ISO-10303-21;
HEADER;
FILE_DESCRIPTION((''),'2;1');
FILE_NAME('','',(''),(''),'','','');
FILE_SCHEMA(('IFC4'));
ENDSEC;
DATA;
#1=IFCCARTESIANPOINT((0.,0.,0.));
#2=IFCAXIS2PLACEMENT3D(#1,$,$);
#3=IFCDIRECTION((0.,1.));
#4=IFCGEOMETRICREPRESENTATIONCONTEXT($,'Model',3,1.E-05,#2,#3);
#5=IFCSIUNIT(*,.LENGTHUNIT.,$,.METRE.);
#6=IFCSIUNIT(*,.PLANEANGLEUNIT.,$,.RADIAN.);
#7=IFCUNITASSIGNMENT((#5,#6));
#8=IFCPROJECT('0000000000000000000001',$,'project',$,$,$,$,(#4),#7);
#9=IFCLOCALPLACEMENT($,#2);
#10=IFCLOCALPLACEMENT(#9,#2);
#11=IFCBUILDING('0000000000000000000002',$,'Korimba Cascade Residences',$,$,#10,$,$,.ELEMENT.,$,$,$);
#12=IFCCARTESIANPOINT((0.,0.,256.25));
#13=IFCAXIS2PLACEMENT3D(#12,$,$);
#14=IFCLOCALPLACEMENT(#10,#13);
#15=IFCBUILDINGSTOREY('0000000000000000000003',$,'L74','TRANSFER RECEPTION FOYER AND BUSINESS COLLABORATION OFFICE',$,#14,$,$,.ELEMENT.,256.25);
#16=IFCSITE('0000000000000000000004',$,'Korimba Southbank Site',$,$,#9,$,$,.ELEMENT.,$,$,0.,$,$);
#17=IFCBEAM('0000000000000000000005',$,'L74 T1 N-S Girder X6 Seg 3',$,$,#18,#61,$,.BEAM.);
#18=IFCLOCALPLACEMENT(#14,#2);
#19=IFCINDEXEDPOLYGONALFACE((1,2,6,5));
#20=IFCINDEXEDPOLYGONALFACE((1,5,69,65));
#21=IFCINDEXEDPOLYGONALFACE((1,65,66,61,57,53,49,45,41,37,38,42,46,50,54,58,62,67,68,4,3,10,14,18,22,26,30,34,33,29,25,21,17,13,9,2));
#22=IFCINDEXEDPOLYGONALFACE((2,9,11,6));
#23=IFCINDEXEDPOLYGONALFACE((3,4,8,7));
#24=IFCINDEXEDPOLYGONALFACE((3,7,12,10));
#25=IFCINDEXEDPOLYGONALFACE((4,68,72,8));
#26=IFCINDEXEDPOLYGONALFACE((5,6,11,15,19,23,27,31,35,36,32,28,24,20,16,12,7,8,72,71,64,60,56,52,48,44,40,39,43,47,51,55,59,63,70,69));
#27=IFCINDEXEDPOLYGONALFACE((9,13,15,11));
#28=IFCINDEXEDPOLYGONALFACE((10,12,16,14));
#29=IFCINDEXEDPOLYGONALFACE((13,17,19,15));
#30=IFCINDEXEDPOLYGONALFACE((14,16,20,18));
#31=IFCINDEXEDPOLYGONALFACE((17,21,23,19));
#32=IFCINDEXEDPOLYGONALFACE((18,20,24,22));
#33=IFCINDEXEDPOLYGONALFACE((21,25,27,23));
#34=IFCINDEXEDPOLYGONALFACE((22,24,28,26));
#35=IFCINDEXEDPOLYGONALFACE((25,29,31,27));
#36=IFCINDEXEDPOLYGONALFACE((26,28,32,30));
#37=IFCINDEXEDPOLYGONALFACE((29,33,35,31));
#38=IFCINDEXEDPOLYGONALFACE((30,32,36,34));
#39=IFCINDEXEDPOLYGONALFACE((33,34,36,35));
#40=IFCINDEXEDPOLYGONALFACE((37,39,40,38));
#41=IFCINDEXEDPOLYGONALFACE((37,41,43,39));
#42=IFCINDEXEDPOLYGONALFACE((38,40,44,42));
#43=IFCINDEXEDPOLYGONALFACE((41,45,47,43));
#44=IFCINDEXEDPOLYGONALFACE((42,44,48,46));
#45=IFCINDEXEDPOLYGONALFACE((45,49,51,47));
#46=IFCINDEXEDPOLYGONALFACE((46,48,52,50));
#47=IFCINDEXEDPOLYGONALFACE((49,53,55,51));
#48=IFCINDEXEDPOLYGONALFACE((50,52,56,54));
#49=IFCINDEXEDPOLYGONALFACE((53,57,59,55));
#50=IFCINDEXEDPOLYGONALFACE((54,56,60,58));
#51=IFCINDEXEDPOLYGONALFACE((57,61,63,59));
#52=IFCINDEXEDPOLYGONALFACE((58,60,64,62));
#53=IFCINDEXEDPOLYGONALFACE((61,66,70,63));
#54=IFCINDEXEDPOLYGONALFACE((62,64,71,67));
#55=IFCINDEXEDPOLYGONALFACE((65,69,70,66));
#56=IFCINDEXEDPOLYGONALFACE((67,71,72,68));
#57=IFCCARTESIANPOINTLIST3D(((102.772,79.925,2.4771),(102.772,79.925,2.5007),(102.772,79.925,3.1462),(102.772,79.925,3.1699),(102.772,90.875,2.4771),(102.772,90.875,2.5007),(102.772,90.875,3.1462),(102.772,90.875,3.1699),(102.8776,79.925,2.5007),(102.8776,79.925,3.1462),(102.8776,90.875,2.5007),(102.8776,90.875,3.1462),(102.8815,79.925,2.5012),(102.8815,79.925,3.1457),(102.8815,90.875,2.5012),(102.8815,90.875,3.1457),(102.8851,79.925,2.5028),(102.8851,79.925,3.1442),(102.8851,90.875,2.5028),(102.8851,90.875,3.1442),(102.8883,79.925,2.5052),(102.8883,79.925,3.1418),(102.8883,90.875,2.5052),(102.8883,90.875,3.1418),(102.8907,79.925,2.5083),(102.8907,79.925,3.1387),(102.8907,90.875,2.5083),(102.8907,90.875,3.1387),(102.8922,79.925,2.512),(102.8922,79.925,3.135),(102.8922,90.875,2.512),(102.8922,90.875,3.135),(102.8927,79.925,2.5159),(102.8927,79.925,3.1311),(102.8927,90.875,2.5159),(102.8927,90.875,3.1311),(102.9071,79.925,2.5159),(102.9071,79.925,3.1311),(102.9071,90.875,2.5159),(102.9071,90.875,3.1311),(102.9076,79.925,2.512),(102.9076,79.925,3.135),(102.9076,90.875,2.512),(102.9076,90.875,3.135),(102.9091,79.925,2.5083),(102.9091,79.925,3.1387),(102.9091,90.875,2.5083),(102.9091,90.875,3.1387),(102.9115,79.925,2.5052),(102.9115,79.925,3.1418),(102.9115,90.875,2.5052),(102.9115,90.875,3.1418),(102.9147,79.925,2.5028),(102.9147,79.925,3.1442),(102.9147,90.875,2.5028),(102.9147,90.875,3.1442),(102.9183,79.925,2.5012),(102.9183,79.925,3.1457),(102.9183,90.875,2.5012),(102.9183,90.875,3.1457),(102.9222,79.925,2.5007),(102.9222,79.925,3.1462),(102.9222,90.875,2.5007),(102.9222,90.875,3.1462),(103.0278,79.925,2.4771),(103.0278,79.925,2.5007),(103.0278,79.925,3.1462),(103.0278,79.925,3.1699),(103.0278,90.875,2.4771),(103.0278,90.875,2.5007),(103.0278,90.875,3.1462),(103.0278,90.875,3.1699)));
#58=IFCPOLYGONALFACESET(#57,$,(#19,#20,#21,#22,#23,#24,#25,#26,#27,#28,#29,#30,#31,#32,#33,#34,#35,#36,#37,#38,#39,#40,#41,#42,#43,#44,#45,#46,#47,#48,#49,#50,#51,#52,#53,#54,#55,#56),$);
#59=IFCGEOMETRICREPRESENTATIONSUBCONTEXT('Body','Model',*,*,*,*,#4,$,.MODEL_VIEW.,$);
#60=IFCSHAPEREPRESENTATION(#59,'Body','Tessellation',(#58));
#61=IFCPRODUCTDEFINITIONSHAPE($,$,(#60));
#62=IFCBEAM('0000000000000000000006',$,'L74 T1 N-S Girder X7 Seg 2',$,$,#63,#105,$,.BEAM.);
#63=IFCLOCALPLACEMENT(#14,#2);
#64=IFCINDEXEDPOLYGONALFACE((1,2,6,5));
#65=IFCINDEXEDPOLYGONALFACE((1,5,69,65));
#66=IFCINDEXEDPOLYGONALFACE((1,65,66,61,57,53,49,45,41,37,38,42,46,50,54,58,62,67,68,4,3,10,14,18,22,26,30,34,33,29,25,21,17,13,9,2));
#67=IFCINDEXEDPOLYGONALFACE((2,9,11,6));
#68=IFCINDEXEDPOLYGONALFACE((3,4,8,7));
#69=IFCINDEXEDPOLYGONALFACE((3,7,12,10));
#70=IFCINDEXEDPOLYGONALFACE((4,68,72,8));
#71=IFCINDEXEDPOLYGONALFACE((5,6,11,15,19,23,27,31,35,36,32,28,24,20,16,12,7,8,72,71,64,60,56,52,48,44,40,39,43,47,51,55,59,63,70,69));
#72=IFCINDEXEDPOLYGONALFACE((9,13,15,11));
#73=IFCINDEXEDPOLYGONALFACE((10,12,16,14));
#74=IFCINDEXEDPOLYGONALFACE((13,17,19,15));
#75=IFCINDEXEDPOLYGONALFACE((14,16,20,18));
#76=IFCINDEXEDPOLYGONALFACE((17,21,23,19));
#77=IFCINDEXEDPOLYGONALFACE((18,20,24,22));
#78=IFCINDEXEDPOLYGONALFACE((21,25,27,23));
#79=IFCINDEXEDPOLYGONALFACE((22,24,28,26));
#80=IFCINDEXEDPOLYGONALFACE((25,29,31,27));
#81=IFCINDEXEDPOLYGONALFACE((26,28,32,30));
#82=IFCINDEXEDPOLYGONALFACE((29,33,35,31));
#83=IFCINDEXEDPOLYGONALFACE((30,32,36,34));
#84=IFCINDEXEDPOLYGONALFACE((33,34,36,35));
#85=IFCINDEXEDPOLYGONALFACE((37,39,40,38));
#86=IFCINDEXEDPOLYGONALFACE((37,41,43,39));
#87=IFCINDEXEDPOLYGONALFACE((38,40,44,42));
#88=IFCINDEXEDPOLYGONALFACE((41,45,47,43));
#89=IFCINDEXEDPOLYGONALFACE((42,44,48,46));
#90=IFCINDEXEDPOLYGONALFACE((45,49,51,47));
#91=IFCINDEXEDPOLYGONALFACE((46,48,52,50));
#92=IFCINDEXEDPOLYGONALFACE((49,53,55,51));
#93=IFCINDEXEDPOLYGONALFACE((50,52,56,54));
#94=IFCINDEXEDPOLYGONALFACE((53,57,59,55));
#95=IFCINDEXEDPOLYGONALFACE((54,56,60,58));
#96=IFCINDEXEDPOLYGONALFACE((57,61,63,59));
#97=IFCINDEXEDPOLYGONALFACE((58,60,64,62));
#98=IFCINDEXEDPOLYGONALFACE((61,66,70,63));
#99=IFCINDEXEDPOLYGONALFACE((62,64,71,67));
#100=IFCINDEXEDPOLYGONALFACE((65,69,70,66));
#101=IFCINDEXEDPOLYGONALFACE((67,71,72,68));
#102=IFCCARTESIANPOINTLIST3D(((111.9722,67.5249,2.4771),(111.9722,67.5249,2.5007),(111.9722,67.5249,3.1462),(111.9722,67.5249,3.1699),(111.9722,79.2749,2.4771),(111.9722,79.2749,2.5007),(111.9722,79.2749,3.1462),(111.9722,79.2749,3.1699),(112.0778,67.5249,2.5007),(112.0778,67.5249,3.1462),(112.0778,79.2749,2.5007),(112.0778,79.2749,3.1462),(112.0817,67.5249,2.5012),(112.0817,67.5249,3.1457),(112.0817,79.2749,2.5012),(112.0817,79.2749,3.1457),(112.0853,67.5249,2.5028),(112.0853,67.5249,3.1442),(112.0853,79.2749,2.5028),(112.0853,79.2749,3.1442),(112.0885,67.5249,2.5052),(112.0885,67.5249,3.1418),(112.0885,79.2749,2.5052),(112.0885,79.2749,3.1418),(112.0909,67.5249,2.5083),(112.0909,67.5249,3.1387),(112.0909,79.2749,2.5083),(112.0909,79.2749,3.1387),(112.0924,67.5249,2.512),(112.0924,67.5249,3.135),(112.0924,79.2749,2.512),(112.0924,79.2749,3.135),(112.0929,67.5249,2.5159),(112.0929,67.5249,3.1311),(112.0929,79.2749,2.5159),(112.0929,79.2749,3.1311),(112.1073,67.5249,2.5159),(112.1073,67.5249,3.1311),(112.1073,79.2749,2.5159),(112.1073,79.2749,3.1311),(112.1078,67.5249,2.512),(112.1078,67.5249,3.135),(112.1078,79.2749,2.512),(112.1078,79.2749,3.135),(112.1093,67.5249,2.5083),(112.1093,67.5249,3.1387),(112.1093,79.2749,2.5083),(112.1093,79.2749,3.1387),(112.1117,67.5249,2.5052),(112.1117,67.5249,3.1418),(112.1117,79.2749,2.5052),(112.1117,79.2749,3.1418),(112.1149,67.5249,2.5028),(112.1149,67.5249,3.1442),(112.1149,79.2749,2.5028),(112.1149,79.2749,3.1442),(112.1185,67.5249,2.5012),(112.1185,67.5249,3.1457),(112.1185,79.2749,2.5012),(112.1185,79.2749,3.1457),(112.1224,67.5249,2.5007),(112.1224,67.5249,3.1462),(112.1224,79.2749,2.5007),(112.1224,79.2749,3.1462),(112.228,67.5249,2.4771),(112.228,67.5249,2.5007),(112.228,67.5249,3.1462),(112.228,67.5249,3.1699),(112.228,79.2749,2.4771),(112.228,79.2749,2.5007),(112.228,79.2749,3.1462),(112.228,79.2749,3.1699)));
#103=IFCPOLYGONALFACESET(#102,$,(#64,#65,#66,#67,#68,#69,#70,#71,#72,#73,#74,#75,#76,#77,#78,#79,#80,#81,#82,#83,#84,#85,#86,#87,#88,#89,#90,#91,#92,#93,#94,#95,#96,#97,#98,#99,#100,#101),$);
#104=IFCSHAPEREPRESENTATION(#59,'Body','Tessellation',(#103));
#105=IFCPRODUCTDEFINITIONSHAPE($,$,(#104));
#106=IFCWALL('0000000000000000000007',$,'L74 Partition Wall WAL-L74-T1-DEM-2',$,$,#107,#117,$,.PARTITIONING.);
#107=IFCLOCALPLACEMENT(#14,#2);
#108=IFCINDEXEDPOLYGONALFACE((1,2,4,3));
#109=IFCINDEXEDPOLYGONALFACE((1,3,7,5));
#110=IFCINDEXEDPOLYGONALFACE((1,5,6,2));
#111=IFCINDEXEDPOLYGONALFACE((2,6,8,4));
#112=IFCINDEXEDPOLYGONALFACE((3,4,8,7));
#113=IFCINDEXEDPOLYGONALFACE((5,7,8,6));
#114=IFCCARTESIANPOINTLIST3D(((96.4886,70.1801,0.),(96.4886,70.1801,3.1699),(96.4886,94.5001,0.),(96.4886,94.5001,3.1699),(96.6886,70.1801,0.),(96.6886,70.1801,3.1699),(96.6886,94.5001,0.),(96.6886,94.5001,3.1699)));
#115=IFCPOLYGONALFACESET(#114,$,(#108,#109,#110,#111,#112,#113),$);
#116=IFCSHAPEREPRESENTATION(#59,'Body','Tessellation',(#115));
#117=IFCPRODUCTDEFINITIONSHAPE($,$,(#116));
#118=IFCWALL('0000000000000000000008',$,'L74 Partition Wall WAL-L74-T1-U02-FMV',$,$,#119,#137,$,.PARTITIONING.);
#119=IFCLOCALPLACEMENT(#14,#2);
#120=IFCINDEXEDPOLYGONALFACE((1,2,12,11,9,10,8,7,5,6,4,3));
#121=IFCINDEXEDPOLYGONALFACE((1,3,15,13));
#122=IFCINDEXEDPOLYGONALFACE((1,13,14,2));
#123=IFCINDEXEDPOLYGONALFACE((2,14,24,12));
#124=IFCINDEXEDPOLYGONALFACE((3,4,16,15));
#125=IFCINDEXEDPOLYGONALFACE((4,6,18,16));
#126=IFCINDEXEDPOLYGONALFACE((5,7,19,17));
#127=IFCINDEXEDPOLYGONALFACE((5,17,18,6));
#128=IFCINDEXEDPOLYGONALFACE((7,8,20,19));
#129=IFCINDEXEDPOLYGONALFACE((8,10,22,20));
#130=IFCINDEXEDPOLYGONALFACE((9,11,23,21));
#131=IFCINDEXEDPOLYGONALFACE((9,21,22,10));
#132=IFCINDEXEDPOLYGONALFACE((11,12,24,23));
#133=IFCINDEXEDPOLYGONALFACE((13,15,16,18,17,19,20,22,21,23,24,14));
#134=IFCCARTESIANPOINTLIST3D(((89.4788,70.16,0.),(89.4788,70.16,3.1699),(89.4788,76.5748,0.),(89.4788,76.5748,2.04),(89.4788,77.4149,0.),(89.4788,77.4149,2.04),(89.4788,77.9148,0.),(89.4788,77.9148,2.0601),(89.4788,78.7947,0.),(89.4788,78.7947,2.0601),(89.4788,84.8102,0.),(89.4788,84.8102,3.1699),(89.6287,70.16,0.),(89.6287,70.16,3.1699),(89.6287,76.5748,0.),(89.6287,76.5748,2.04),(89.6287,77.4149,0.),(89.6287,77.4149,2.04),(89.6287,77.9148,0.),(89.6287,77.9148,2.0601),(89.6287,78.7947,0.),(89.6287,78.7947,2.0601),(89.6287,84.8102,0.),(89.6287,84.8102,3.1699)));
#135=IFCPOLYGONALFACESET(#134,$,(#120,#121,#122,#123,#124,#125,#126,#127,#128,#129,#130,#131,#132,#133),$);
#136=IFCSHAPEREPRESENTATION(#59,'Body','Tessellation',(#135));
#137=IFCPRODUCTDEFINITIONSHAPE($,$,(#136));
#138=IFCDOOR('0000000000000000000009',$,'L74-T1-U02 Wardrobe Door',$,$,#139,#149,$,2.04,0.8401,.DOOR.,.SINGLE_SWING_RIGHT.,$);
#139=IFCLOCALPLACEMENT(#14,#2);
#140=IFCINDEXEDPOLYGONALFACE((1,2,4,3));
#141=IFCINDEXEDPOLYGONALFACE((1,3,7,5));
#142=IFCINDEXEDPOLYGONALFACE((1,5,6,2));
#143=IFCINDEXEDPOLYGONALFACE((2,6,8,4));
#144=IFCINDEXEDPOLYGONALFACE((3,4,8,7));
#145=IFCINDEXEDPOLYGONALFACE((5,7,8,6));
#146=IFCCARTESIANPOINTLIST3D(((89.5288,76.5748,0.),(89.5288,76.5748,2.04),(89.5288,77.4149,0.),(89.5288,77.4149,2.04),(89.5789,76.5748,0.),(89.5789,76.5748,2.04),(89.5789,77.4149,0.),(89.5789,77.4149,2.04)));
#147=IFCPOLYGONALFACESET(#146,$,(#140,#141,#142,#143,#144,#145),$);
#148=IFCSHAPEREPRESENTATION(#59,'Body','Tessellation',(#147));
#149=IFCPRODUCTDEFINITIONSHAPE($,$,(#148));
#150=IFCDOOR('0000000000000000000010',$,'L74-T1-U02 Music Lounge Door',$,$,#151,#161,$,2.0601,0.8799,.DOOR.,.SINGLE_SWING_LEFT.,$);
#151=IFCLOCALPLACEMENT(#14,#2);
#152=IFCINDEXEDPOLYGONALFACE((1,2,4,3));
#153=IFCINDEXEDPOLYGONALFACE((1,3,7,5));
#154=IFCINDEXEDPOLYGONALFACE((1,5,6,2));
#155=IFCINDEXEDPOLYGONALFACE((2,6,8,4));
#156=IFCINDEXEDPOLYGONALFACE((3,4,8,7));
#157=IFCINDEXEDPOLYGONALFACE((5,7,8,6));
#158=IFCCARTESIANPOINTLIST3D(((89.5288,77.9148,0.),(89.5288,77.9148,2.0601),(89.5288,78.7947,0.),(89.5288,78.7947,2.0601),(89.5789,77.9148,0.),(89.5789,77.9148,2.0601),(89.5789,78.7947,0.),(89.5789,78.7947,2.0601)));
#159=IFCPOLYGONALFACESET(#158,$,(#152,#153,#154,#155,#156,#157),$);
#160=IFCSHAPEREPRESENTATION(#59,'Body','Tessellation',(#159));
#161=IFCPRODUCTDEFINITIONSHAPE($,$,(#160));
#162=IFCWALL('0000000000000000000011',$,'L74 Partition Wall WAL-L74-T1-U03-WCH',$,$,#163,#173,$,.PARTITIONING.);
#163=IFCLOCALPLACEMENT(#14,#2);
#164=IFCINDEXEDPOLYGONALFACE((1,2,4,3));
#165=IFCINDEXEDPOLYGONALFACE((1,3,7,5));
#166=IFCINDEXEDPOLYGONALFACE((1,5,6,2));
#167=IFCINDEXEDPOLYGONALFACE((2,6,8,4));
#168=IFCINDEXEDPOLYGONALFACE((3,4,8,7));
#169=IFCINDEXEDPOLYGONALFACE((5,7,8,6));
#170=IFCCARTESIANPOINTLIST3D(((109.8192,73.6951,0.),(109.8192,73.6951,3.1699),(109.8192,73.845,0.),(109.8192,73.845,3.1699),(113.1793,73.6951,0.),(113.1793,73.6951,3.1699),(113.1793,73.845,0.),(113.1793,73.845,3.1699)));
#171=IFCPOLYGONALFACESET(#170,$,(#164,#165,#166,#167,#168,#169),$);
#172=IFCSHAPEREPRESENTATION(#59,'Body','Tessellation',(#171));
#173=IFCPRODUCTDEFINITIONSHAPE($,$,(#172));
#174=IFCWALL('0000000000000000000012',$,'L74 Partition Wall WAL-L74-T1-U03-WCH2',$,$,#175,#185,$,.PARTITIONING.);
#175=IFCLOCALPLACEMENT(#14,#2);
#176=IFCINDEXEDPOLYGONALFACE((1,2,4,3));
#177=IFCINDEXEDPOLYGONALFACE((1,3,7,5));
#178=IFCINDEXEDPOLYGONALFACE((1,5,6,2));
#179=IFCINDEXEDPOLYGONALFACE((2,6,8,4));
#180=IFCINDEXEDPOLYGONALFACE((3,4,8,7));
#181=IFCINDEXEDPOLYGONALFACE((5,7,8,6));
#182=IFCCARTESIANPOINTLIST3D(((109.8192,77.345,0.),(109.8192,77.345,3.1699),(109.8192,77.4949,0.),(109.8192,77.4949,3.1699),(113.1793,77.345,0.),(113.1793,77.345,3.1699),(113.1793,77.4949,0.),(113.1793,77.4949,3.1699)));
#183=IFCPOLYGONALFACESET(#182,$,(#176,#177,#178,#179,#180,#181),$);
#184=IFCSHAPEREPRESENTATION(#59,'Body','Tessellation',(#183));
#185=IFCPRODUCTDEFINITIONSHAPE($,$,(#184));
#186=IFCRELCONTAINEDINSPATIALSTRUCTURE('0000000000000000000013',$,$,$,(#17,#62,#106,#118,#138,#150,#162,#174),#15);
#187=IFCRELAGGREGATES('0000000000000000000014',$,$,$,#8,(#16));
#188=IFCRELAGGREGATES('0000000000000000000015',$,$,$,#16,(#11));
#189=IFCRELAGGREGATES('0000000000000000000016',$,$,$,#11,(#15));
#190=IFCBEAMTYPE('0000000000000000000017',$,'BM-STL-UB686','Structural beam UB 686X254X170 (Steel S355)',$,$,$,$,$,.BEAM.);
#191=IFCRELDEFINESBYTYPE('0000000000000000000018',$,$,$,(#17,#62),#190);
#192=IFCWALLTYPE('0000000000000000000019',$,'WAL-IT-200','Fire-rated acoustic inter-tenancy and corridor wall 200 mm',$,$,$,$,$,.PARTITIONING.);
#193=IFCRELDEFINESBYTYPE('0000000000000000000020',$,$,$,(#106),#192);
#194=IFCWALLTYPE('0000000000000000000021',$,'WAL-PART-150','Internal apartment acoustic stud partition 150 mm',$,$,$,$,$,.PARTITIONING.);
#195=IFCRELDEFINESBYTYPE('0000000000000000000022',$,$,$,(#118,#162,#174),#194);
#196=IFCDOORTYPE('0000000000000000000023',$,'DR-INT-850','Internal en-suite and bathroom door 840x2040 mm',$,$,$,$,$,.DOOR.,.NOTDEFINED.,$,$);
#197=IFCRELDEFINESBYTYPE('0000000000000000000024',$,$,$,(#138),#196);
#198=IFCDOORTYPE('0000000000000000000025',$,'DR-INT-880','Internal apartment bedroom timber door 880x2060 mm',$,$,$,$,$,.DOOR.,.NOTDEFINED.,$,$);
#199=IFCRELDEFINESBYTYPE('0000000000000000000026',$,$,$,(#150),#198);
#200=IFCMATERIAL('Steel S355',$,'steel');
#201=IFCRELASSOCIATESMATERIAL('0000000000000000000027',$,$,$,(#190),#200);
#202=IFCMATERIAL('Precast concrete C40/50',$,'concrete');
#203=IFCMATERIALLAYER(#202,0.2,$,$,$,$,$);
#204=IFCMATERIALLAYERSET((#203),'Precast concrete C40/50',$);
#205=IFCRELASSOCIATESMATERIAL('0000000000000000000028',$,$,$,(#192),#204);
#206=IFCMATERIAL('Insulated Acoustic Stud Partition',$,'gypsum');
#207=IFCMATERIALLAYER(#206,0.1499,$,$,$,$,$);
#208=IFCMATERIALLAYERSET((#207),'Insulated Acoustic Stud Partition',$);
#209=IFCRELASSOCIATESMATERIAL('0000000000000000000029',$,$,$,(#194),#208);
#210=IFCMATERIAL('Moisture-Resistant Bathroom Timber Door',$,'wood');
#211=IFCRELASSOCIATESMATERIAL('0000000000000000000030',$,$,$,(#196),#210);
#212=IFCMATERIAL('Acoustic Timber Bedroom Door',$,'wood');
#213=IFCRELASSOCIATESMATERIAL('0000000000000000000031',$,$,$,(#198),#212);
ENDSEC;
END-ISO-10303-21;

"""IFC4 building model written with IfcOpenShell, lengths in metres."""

from ifc_helpers import new_model, si_unit, direction, frame, frame_2d, origin, origin_2d, place, context, subcontext, project, spatial, rectangle, i_section, extrude, material, layer, layer_set, material_profile, profile_set, type_object, element, fill, save


model = new_model("IFC4")

# Units and contexts
model_context = context("Model", 3, precision=1e-05, world=origin(), true_north=direction((0.0, 1.0)))
body_context = subcontext(model_context, "Body", "Model", "MODEL_VIEW")
ifc_project = project(units=[si_unit("LENGTHUNIT", "METRE"), si_unit("PLANEANGLEUNIT", "RADIAN")], contexts=[model_context])

# Site, building, storey
site_placement = place(None, origin())
site = spatial("IfcSite", under=ifc_project, at=site_placement, Name="Korimba Southbank Site", CompositionType="ELEMENT", RefElevation=0.0)
building_placement = place(site_placement, origin())
building = spatial("IfcBuilding", under=site, at=building_placement, Name="Korimba Cascade Residences", CompositionType="ELEMENT")
storey_placement = place(building_placement, frame((0.0, 0.0, 256.25)))
storey = spatial("IfcBuildingStorey", under=building, at=storey_placement, Name="L74", Description="TRANSFER RECEPTION FOYER AND BUSINESS COLLABORATION OFFICE", CompositionType="ELEMENT", Elevation=256.25)

# Beams
ifc_material_1 = material(Name="Steel S355", Category="steel")
ifc_material_profile_1 = material_profile(ifc_material_1, i_section(OverallWidth=0.2559, OverallDepth=0.6929, WebThickness=0.0144, FlangeThickness=0.0237, FilletRadius=0.0151, at=origin_2d()), Name="Steel S355")
ifc_profile_set_1 = profile_set([ifc_material_profile_1], Name="Steel S355")
beam_type_1 = type_object("IfcBeamType", Name="BM-STL-UB686", Description="Structural beam UB 686X254X170 (Steel S355)", PredefinedType="BEAM", material=ifc_profile_set_1)
for number, where, z_axis, x_axis, name in (
    (1, (102.8999, 79.925, 2.8235), (0.0, 1.0, 0.0), (-1.0, 0.0, 0.0), "L74 T1 N-S Girder X6 Seg 3"),
):
    element("IfcBeam", number, at=place(storey_placement, frame(where, z_axis=z_axis, x_axis=x_axis)), inside=storey, type_object=beam_type_1, Name=name, PredefinedType="BEAM", context=body_context, shape_type="SweptSolid", body=[
        extrude(i_section(OverallWidth=0.2559, OverallDepth=0.6929, WebThickness=0.0144, FlangeThickness=0.0237, FilletRadius=0.0151, at=origin_2d()), origin(), (0.0, 0.0, 1.0), 10.95),
    ])
beam_1_placement = place(storey_placement, frame((112.1001, 67.5249, 2.8235), z_axis=(0.0, 1.0, 0.0), x_axis=(-1.0, 0.0, 0.0)))
element("IfcBeam", 2, at=beam_1_placement, inside=storey, type_object=beam_type_1, Name="L74 T1 N-S Girder X7 Seg 2", PredefinedType="BEAM", context=body_context, shape_type="SweptSolid", body=[
    extrude(i_section(OverallWidth=0.2559, OverallDepth=0.6929, WebThickness=0.0144, FlangeThickness=0.0237, FilletRadius=0.0151, at=origin_2d()), origin(), (0.0, 0.0, 1.0), 11.75),
])

# Wall
ifc_material_2 = material(Name="Precast concrete C40/50", Category="concrete")
ifc_layer_1 = layer(ifc_material_2, 0.2)
ifc_layer_set_1 = layer_set([ifc_layer_1], Name="Precast concrete C40/50")
wall_type_1 = type_object("IfcWallType", Name="WAL-IT-200", Description="Fire-rated acoustic inter-tenancy and corridor wall 200 mm", PredefinedType="PARTITIONING", material=ifc_layer_set_1)
wall_1_placement = place(storey_placement, frame((96.5886, 70.1799, 0.0), z_axis=(0.0, 0.0, 1.0), x_axis=(0.0, 1.0, 0.0)))
element("IfcWall", 3, at=wall_1_placement, inside=storey, type_object=wall_type_1, Name="L74 Partition Wall WAL-L74-T1-DEM-2", PredefinedType="PARTITIONING", context=body_context, shape_type="SweptSolid", body=[
    extrude(rectangle(XDim=24.3201, YDim=0.2, at=frame_2d((12.1602, 0.0))), origin(), (0.0, 0.0, 1.0), 3.1699),
])

# Wall, openings, doors
ifc_material_3 = material(Name="Insulated Acoustic Stud Partition", Category="gypsum")
ifc_layer_2 = layer(ifc_material_3, 0.1499)
ifc_layer_set_2 = layer_set([ifc_layer_2], Name="Insulated Acoustic Stud Partition")
wall_type_2 = type_object("IfcWallType", Name="WAL-PART-150", Description="Internal apartment acoustic stud partition 150 mm", PredefinedType="PARTITIONING", material=ifc_layer_set_2)
wall_2_placement = place(storey_placement, frame((89.5537, 70.1599, 0.0), z_axis=(0.0, 0.0, 1.0), x_axis=(0.0, 1.0, 0.0)))
wall_2 = element("IfcWall", 4, at=wall_2_placement, inside=storey, type_object=wall_type_2, Name="L74 Partition Wall WAL-L74-T1-U02-FMV", PredefinedType="PARTITIONING", context=body_context, shape_type="SweptSolid", body=[
    extrude(rectangle(XDim=14.6501, YDim=0.1499, at=frame_2d((7.3252, 0.0))), origin(), (0.0, 0.0, 1.0), 3.1699),
])
opening_1_placement = place(wall_2_placement, frame((6.415, 0.0, 0.0)))
opening_1 = element("IfcOpeningElement", 5, at=opening_1_placement, cuts=wall_2, PredefinedType="OPENING", context=body_context, shape_type="SweptSolid", body=[
    extrude(rectangle(XDim=0.8401, YDim=2.04, at=frame_2d((0.4199, 1.02))), frame((0.0, 0.085, 0.0), z_axis=(0.0, -1.0, 0.0), x_axis=(1.0, 0.0, 0.0)), (0.0, 0.0, 1.0), 0.1699),
])
opening_2_placement = place(wall_2_placement, frame((7.7549, 0.0, 0.0)))
opening_2 = element("IfcOpeningElement", 6, at=opening_2_placement, cuts=wall_2, PredefinedType="OPENING", context=body_context, shape_type="SweptSolid", body=[
    extrude(rectangle(XDim=0.8799, YDim=2.0601, at=frame_2d((0.4399, 1.03))), frame((0.0, 0.085, 0.0), z_axis=(0.0, -1.0, 0.0), x_axis=(1.0, 0.0, 0.0)), (0.0, 0.0, 1.0), 0.1699),
])
ifc_material_4 = material(Name="Moisture-Resistant Bathroom Timber Door", Category="wood")
door_type_1 = type_object("IfcDoorType", Name="DR-INT-850", Description="Internal en-suite and bathroom door 840x2040 mm", OperationType="NOTDEFINED", PredefinedType="DOOR", material=ifc_material_4)
door_1_placement = place(opening_1_placement, origin())
door_1 = element("IfcDoor", 7, at=door_1_placement, inside=storey, type_object=door_type_1, Name="L74-T1-U02 Wardrobe Door", OperationType="SINGLE_SWING_RIGHT", OverallHeight=2.04, OverallWidth=0.8401, PredefinedType="DOOR", context=body_context, shape_type="SweptSolid", body=[
    extrude(rectangle(XDim=0.8401, YDim=2.04, at=frame_2d((0.4199, 1.02))), frame((0.0, 0.0249, 0.0), z_axis=(0.0, -1.0, 0.0), x_axis=(1.0, 0.0, 0.0)), (0.0, 0.0, 1.0), 0.05),
])
fill(opening_1, door_1)
ifc_material_5 = material(Name="Acoustic Timber Bedroom Door", Category="wood")
door_type_2 = type_object("IfcDoorType", Name="DR-INT-880", Description="Internal apartment bedroom timber door 880x2060 mm", OperationType="NOTDEFINED", PredefinedType="DOOR", material=ifc_material_5)
door_2_placement = place(opening_2_placement, origin())
door_2 = element("IfcDoor", 8, at=door_2_placement, inside=storey, type_object=door_type_2, Name="L74-T1-U02 Music Lounge Door", OperationType="SINGLE_SWING_LEFT", OverallHeight=2.0601, OverallWidth=0.8799, PredefinedType="DOOR", context=body_context, shape_type="SweptSolid", body=[
    extrude(rectangle(XDim=0.8799, YDim=2.0601, at=frame_2d((0.4399, 1.03))), frame((0.0, 0.0249, 0.0), z_axis=(0.0, -1.0, 0.0), x_axis=(1.0, 0.0, 0.0)), (0.0, 0.0, 1.0), 0.05),
])
fill(opening_2, door_2)

# Walls
for number, where, z_axis, x_axis, name in (
    (9, (109.8191, 73.77, 0.0), (0.0, 0.0, 1.0), (1.0, 0.0, 0.0), "L74 Partition Wall WAL-L74-T1-U03-WCH"),
    (10, (109.8191, 77.4199, 0.0), (0.0, 0.0, 1.0), (1.0, 0.0, 0.0), "L74 Partition Wall WAL-L74-T1-U03-WCH2"),
):
    element("IfcWall", number, at=place(storey_placement, frame(where, z_axis=z_axis, x_axis=x_axis)), inside=storey, type_object=wall_type_2, Name=name, PredefinedType="PARTITIONING", context=body_context, shape_type="SweptSolid", body=[
        extrude(rectangle(XDim=3.3601, YDim=0.1499, at=frame_2d((1.6802, 0.0))), origin(), (0.0, 0.0, 1.0), 3.1699),
    ])

save(model, "model.ifc")
